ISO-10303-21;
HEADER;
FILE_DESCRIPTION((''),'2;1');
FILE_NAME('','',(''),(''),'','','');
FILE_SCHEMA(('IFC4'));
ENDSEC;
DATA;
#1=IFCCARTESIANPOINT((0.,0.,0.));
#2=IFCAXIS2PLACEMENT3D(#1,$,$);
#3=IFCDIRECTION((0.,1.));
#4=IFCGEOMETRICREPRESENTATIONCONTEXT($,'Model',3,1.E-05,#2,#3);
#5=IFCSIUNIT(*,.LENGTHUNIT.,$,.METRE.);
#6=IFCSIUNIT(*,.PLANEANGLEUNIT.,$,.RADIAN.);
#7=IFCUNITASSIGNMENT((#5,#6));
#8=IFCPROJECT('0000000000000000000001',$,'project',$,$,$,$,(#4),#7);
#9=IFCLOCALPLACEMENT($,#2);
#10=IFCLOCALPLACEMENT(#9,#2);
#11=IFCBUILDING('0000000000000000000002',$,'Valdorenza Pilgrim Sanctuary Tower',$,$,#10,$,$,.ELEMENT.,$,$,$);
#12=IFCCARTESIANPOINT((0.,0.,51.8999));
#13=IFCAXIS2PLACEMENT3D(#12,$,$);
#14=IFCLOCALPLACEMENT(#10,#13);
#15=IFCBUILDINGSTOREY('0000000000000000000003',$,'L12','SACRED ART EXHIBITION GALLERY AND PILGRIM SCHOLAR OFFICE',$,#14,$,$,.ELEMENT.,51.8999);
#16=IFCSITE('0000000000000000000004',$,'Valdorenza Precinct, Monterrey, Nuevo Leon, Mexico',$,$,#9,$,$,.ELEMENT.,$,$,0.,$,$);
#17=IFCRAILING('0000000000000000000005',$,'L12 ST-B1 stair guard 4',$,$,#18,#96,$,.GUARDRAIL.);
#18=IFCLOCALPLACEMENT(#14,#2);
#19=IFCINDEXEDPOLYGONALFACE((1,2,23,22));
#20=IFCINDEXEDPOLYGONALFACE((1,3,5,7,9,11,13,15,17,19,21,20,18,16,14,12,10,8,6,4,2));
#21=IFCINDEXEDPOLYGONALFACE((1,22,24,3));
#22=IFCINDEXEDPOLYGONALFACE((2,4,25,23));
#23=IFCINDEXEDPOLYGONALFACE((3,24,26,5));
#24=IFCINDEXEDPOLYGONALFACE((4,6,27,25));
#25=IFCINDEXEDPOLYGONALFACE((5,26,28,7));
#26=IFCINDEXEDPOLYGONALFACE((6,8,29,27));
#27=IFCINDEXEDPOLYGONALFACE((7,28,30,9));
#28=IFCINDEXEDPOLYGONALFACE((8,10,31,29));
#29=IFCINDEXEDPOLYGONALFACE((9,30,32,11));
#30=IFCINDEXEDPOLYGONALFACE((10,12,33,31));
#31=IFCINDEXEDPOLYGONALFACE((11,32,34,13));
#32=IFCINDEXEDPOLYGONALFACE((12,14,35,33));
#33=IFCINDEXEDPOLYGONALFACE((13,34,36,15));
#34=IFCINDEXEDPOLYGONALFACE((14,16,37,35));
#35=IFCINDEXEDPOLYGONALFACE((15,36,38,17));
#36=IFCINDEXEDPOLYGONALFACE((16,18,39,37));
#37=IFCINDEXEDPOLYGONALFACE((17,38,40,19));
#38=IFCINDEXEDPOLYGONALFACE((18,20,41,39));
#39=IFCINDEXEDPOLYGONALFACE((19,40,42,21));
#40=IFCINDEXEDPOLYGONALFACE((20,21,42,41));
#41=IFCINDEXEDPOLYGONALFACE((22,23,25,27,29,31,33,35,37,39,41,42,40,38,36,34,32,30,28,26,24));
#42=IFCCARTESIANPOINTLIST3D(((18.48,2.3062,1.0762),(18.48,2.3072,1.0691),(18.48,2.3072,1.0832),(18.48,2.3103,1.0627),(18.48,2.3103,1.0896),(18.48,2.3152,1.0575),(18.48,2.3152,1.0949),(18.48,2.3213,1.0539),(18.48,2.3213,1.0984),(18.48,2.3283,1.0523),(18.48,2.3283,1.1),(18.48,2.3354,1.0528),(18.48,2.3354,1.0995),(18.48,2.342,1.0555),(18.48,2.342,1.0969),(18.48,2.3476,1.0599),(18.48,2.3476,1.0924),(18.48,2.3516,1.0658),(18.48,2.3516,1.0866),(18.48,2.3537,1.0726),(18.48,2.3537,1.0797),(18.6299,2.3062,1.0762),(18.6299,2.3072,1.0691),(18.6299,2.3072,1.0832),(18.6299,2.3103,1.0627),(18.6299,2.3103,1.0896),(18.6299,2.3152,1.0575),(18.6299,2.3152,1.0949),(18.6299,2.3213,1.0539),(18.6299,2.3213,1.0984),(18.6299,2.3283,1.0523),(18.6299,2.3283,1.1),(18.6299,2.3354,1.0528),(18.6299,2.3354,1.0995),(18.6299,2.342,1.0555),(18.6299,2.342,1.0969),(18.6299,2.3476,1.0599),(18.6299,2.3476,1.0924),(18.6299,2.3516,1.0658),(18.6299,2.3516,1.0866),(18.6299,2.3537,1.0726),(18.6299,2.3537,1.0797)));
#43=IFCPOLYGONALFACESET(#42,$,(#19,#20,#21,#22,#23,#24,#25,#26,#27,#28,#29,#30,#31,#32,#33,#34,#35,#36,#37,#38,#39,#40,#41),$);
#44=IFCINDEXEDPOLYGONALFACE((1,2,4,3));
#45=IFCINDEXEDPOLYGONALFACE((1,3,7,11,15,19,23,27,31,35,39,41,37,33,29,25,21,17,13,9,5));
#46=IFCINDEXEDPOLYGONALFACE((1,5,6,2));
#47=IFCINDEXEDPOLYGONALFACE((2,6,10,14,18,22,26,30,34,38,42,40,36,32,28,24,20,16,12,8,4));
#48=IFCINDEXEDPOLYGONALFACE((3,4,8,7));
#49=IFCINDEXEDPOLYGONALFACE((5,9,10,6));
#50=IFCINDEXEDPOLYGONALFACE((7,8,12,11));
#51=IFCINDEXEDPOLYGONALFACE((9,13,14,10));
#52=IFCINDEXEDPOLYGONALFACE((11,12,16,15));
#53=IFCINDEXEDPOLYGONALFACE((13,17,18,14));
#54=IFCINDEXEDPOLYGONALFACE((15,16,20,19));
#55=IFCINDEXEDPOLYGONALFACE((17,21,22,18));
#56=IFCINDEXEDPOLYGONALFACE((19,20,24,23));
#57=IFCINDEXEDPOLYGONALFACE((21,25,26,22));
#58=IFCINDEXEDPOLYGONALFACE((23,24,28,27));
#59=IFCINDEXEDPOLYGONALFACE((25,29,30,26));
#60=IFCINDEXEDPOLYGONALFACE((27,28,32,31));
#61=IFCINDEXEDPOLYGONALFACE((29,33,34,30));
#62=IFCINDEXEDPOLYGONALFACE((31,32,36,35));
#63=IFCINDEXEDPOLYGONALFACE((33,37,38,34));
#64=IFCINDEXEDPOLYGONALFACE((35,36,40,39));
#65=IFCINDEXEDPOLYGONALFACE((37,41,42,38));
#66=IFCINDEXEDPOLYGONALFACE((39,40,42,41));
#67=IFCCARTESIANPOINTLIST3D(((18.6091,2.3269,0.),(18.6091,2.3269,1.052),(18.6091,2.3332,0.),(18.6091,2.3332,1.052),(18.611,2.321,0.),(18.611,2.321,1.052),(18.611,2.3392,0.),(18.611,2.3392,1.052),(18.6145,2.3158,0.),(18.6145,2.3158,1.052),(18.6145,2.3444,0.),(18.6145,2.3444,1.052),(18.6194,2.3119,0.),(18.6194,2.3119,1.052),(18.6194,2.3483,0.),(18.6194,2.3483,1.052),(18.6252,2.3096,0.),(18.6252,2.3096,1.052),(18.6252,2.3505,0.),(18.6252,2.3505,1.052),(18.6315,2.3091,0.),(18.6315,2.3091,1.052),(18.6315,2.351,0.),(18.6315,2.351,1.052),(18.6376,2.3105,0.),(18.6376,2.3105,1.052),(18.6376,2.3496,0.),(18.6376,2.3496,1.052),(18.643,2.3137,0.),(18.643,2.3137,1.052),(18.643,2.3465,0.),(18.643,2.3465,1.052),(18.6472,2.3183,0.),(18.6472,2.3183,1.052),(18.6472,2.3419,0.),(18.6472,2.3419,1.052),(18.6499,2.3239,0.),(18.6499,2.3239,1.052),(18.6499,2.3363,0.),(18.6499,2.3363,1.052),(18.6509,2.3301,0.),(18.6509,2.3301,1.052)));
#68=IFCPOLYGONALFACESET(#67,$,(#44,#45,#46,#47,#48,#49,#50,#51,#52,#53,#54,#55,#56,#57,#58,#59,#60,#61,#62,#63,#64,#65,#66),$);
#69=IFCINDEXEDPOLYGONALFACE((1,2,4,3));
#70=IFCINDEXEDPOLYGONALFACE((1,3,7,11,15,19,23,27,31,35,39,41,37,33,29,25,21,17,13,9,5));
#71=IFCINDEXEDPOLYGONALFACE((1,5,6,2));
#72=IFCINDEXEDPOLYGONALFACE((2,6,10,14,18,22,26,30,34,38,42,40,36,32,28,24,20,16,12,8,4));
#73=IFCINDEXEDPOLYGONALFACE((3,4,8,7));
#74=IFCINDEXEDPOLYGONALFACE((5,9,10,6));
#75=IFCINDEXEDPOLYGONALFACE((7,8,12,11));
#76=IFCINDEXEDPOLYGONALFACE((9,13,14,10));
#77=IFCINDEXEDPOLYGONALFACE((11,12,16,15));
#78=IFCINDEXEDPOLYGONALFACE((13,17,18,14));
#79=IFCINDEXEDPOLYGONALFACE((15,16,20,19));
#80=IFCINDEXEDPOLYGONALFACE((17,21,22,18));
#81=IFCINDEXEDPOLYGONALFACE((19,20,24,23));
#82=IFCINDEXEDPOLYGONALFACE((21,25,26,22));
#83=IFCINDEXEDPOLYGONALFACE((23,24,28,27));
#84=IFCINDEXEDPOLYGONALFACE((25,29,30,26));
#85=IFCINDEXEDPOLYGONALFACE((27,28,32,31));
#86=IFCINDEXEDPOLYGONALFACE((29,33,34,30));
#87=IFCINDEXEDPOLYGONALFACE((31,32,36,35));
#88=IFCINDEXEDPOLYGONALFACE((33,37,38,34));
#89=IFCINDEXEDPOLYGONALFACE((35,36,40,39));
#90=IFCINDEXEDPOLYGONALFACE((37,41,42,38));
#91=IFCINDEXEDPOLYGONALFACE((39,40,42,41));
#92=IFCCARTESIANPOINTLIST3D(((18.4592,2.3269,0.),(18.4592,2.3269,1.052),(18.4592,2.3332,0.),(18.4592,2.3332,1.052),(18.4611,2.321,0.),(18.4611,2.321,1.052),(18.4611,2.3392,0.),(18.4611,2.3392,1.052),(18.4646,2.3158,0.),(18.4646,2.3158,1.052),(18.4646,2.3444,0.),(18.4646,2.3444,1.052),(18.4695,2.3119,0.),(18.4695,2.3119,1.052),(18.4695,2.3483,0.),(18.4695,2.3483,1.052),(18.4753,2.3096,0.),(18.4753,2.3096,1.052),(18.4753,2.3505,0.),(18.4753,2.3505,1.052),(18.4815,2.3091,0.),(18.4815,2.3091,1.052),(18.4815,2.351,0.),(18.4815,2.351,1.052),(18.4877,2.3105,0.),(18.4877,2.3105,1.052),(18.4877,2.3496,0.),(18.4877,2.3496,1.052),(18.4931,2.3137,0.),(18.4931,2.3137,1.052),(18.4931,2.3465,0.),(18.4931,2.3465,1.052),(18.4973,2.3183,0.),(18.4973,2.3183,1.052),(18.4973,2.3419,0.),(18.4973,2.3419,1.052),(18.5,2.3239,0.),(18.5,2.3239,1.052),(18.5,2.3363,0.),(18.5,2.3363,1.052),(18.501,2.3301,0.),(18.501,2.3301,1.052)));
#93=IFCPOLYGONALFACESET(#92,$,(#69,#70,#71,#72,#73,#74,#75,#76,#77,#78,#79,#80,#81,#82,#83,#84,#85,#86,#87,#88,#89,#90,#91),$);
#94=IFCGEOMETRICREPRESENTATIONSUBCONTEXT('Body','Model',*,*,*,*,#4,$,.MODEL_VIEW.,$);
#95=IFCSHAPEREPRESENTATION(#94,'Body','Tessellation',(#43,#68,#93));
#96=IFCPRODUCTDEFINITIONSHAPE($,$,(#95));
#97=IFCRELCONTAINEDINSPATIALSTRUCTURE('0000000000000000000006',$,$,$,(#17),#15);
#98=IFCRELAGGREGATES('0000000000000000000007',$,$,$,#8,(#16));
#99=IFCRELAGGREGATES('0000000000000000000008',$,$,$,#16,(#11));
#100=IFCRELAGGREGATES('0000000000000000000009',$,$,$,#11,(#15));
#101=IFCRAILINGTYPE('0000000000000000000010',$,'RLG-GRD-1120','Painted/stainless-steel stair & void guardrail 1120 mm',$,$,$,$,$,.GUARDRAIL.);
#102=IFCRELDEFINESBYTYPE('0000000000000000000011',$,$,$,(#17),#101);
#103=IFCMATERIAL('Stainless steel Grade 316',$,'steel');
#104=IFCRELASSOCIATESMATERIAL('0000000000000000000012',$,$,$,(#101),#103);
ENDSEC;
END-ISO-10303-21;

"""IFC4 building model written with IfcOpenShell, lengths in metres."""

from ifc_helpers import new_model, si_unit, direction, frame, origin, origin_2d, place, context, subcontext, project, spatial, circle, extrude, material, type_object, element, save


model = new_model("IFC4")

# Units and contexts
model_context = context("Model", 3, precision=1e-05, world=origin(), true_north=direction((0.0, 1.0)))
body_context = subcontext(model_context, "Body", "Model", "MODEL_VIEW")
ifc_project = project(units=[si_unit("LENGTHUNIT", "METRE"), si_unit("PLANEANGLEUNIT", "RADIAN")], contexts=[model_context])

# Site, building, storey
site_placement = place(None, origin())
site = spatial("IfcSite", under=ifc_project, at=site_placement, Name="Valdorenza Precinct, Monterrey, Nuevo Leon, Mexico", CompositionType="ELEMENT", RefElevation=0.0)
building_placement = place(site_placement, origin())
building = spatial("IfcBuilding", under=site, at=building_placement, Name="Valdorenza Pilgrim Sanctuary Tower", CompositionType="ELEMENT")
storey_placement = place(building_placement, frame((0.0, 0.0, 51.8999)))
storey = spatial("IfcBuildingStorey", under=building, at=storey_placement, Name="L12", Description="SACRED ART EXHIBITION GALLERY AND PILGRIM SCHOLAR OFFICE", CompositionType="ELEMENT", Elevation=51.8999)

# Railing
ifc_material_1 = material(Name="Stainless steel Grade 316", Category="steel")
railing_type_1 = type_object("IfcRailingType", Name="RLG-GRD-1120", Description="Painted/stainless-steel stair & void guardrail 1120 mm", PredefinedType="GUARDRAIL", material=ifc_material_1)
railing_1_placement = place(storey_placement, frame((18.6299, 2.3301, 0.0)))
element("IfcRailing", 1, at=railing_1_placement, inside=storey, type_object=railing_type_1, Name="L12 ST-B1 stair guard 4", PredefinedType="GUARDRAIL", context=body_context, shape_type="SweptSolid", body=[
    extrude(circle(Radius=0.0239, at=origin_2d()), frame((0.0, 0.0, 1.0762), z_axis=(-1.0, 0.0, 0.0), x_axis=(0.0, -1.0, 0.0)), (0.0, 0.0, 1.0), 0.1499),
    extrude(circle(Radius=0.021, at=origin_2d()), origin(), (0.0, 0.0, 1.0), 1.052),
    extrude(circle(Radius=0.021, at=origin_2d()), frame((-0.1499, 0.0, 0.0)), (0.0, 0.0, 1.0), 1.052),
])

save(model, "model.ifc")
